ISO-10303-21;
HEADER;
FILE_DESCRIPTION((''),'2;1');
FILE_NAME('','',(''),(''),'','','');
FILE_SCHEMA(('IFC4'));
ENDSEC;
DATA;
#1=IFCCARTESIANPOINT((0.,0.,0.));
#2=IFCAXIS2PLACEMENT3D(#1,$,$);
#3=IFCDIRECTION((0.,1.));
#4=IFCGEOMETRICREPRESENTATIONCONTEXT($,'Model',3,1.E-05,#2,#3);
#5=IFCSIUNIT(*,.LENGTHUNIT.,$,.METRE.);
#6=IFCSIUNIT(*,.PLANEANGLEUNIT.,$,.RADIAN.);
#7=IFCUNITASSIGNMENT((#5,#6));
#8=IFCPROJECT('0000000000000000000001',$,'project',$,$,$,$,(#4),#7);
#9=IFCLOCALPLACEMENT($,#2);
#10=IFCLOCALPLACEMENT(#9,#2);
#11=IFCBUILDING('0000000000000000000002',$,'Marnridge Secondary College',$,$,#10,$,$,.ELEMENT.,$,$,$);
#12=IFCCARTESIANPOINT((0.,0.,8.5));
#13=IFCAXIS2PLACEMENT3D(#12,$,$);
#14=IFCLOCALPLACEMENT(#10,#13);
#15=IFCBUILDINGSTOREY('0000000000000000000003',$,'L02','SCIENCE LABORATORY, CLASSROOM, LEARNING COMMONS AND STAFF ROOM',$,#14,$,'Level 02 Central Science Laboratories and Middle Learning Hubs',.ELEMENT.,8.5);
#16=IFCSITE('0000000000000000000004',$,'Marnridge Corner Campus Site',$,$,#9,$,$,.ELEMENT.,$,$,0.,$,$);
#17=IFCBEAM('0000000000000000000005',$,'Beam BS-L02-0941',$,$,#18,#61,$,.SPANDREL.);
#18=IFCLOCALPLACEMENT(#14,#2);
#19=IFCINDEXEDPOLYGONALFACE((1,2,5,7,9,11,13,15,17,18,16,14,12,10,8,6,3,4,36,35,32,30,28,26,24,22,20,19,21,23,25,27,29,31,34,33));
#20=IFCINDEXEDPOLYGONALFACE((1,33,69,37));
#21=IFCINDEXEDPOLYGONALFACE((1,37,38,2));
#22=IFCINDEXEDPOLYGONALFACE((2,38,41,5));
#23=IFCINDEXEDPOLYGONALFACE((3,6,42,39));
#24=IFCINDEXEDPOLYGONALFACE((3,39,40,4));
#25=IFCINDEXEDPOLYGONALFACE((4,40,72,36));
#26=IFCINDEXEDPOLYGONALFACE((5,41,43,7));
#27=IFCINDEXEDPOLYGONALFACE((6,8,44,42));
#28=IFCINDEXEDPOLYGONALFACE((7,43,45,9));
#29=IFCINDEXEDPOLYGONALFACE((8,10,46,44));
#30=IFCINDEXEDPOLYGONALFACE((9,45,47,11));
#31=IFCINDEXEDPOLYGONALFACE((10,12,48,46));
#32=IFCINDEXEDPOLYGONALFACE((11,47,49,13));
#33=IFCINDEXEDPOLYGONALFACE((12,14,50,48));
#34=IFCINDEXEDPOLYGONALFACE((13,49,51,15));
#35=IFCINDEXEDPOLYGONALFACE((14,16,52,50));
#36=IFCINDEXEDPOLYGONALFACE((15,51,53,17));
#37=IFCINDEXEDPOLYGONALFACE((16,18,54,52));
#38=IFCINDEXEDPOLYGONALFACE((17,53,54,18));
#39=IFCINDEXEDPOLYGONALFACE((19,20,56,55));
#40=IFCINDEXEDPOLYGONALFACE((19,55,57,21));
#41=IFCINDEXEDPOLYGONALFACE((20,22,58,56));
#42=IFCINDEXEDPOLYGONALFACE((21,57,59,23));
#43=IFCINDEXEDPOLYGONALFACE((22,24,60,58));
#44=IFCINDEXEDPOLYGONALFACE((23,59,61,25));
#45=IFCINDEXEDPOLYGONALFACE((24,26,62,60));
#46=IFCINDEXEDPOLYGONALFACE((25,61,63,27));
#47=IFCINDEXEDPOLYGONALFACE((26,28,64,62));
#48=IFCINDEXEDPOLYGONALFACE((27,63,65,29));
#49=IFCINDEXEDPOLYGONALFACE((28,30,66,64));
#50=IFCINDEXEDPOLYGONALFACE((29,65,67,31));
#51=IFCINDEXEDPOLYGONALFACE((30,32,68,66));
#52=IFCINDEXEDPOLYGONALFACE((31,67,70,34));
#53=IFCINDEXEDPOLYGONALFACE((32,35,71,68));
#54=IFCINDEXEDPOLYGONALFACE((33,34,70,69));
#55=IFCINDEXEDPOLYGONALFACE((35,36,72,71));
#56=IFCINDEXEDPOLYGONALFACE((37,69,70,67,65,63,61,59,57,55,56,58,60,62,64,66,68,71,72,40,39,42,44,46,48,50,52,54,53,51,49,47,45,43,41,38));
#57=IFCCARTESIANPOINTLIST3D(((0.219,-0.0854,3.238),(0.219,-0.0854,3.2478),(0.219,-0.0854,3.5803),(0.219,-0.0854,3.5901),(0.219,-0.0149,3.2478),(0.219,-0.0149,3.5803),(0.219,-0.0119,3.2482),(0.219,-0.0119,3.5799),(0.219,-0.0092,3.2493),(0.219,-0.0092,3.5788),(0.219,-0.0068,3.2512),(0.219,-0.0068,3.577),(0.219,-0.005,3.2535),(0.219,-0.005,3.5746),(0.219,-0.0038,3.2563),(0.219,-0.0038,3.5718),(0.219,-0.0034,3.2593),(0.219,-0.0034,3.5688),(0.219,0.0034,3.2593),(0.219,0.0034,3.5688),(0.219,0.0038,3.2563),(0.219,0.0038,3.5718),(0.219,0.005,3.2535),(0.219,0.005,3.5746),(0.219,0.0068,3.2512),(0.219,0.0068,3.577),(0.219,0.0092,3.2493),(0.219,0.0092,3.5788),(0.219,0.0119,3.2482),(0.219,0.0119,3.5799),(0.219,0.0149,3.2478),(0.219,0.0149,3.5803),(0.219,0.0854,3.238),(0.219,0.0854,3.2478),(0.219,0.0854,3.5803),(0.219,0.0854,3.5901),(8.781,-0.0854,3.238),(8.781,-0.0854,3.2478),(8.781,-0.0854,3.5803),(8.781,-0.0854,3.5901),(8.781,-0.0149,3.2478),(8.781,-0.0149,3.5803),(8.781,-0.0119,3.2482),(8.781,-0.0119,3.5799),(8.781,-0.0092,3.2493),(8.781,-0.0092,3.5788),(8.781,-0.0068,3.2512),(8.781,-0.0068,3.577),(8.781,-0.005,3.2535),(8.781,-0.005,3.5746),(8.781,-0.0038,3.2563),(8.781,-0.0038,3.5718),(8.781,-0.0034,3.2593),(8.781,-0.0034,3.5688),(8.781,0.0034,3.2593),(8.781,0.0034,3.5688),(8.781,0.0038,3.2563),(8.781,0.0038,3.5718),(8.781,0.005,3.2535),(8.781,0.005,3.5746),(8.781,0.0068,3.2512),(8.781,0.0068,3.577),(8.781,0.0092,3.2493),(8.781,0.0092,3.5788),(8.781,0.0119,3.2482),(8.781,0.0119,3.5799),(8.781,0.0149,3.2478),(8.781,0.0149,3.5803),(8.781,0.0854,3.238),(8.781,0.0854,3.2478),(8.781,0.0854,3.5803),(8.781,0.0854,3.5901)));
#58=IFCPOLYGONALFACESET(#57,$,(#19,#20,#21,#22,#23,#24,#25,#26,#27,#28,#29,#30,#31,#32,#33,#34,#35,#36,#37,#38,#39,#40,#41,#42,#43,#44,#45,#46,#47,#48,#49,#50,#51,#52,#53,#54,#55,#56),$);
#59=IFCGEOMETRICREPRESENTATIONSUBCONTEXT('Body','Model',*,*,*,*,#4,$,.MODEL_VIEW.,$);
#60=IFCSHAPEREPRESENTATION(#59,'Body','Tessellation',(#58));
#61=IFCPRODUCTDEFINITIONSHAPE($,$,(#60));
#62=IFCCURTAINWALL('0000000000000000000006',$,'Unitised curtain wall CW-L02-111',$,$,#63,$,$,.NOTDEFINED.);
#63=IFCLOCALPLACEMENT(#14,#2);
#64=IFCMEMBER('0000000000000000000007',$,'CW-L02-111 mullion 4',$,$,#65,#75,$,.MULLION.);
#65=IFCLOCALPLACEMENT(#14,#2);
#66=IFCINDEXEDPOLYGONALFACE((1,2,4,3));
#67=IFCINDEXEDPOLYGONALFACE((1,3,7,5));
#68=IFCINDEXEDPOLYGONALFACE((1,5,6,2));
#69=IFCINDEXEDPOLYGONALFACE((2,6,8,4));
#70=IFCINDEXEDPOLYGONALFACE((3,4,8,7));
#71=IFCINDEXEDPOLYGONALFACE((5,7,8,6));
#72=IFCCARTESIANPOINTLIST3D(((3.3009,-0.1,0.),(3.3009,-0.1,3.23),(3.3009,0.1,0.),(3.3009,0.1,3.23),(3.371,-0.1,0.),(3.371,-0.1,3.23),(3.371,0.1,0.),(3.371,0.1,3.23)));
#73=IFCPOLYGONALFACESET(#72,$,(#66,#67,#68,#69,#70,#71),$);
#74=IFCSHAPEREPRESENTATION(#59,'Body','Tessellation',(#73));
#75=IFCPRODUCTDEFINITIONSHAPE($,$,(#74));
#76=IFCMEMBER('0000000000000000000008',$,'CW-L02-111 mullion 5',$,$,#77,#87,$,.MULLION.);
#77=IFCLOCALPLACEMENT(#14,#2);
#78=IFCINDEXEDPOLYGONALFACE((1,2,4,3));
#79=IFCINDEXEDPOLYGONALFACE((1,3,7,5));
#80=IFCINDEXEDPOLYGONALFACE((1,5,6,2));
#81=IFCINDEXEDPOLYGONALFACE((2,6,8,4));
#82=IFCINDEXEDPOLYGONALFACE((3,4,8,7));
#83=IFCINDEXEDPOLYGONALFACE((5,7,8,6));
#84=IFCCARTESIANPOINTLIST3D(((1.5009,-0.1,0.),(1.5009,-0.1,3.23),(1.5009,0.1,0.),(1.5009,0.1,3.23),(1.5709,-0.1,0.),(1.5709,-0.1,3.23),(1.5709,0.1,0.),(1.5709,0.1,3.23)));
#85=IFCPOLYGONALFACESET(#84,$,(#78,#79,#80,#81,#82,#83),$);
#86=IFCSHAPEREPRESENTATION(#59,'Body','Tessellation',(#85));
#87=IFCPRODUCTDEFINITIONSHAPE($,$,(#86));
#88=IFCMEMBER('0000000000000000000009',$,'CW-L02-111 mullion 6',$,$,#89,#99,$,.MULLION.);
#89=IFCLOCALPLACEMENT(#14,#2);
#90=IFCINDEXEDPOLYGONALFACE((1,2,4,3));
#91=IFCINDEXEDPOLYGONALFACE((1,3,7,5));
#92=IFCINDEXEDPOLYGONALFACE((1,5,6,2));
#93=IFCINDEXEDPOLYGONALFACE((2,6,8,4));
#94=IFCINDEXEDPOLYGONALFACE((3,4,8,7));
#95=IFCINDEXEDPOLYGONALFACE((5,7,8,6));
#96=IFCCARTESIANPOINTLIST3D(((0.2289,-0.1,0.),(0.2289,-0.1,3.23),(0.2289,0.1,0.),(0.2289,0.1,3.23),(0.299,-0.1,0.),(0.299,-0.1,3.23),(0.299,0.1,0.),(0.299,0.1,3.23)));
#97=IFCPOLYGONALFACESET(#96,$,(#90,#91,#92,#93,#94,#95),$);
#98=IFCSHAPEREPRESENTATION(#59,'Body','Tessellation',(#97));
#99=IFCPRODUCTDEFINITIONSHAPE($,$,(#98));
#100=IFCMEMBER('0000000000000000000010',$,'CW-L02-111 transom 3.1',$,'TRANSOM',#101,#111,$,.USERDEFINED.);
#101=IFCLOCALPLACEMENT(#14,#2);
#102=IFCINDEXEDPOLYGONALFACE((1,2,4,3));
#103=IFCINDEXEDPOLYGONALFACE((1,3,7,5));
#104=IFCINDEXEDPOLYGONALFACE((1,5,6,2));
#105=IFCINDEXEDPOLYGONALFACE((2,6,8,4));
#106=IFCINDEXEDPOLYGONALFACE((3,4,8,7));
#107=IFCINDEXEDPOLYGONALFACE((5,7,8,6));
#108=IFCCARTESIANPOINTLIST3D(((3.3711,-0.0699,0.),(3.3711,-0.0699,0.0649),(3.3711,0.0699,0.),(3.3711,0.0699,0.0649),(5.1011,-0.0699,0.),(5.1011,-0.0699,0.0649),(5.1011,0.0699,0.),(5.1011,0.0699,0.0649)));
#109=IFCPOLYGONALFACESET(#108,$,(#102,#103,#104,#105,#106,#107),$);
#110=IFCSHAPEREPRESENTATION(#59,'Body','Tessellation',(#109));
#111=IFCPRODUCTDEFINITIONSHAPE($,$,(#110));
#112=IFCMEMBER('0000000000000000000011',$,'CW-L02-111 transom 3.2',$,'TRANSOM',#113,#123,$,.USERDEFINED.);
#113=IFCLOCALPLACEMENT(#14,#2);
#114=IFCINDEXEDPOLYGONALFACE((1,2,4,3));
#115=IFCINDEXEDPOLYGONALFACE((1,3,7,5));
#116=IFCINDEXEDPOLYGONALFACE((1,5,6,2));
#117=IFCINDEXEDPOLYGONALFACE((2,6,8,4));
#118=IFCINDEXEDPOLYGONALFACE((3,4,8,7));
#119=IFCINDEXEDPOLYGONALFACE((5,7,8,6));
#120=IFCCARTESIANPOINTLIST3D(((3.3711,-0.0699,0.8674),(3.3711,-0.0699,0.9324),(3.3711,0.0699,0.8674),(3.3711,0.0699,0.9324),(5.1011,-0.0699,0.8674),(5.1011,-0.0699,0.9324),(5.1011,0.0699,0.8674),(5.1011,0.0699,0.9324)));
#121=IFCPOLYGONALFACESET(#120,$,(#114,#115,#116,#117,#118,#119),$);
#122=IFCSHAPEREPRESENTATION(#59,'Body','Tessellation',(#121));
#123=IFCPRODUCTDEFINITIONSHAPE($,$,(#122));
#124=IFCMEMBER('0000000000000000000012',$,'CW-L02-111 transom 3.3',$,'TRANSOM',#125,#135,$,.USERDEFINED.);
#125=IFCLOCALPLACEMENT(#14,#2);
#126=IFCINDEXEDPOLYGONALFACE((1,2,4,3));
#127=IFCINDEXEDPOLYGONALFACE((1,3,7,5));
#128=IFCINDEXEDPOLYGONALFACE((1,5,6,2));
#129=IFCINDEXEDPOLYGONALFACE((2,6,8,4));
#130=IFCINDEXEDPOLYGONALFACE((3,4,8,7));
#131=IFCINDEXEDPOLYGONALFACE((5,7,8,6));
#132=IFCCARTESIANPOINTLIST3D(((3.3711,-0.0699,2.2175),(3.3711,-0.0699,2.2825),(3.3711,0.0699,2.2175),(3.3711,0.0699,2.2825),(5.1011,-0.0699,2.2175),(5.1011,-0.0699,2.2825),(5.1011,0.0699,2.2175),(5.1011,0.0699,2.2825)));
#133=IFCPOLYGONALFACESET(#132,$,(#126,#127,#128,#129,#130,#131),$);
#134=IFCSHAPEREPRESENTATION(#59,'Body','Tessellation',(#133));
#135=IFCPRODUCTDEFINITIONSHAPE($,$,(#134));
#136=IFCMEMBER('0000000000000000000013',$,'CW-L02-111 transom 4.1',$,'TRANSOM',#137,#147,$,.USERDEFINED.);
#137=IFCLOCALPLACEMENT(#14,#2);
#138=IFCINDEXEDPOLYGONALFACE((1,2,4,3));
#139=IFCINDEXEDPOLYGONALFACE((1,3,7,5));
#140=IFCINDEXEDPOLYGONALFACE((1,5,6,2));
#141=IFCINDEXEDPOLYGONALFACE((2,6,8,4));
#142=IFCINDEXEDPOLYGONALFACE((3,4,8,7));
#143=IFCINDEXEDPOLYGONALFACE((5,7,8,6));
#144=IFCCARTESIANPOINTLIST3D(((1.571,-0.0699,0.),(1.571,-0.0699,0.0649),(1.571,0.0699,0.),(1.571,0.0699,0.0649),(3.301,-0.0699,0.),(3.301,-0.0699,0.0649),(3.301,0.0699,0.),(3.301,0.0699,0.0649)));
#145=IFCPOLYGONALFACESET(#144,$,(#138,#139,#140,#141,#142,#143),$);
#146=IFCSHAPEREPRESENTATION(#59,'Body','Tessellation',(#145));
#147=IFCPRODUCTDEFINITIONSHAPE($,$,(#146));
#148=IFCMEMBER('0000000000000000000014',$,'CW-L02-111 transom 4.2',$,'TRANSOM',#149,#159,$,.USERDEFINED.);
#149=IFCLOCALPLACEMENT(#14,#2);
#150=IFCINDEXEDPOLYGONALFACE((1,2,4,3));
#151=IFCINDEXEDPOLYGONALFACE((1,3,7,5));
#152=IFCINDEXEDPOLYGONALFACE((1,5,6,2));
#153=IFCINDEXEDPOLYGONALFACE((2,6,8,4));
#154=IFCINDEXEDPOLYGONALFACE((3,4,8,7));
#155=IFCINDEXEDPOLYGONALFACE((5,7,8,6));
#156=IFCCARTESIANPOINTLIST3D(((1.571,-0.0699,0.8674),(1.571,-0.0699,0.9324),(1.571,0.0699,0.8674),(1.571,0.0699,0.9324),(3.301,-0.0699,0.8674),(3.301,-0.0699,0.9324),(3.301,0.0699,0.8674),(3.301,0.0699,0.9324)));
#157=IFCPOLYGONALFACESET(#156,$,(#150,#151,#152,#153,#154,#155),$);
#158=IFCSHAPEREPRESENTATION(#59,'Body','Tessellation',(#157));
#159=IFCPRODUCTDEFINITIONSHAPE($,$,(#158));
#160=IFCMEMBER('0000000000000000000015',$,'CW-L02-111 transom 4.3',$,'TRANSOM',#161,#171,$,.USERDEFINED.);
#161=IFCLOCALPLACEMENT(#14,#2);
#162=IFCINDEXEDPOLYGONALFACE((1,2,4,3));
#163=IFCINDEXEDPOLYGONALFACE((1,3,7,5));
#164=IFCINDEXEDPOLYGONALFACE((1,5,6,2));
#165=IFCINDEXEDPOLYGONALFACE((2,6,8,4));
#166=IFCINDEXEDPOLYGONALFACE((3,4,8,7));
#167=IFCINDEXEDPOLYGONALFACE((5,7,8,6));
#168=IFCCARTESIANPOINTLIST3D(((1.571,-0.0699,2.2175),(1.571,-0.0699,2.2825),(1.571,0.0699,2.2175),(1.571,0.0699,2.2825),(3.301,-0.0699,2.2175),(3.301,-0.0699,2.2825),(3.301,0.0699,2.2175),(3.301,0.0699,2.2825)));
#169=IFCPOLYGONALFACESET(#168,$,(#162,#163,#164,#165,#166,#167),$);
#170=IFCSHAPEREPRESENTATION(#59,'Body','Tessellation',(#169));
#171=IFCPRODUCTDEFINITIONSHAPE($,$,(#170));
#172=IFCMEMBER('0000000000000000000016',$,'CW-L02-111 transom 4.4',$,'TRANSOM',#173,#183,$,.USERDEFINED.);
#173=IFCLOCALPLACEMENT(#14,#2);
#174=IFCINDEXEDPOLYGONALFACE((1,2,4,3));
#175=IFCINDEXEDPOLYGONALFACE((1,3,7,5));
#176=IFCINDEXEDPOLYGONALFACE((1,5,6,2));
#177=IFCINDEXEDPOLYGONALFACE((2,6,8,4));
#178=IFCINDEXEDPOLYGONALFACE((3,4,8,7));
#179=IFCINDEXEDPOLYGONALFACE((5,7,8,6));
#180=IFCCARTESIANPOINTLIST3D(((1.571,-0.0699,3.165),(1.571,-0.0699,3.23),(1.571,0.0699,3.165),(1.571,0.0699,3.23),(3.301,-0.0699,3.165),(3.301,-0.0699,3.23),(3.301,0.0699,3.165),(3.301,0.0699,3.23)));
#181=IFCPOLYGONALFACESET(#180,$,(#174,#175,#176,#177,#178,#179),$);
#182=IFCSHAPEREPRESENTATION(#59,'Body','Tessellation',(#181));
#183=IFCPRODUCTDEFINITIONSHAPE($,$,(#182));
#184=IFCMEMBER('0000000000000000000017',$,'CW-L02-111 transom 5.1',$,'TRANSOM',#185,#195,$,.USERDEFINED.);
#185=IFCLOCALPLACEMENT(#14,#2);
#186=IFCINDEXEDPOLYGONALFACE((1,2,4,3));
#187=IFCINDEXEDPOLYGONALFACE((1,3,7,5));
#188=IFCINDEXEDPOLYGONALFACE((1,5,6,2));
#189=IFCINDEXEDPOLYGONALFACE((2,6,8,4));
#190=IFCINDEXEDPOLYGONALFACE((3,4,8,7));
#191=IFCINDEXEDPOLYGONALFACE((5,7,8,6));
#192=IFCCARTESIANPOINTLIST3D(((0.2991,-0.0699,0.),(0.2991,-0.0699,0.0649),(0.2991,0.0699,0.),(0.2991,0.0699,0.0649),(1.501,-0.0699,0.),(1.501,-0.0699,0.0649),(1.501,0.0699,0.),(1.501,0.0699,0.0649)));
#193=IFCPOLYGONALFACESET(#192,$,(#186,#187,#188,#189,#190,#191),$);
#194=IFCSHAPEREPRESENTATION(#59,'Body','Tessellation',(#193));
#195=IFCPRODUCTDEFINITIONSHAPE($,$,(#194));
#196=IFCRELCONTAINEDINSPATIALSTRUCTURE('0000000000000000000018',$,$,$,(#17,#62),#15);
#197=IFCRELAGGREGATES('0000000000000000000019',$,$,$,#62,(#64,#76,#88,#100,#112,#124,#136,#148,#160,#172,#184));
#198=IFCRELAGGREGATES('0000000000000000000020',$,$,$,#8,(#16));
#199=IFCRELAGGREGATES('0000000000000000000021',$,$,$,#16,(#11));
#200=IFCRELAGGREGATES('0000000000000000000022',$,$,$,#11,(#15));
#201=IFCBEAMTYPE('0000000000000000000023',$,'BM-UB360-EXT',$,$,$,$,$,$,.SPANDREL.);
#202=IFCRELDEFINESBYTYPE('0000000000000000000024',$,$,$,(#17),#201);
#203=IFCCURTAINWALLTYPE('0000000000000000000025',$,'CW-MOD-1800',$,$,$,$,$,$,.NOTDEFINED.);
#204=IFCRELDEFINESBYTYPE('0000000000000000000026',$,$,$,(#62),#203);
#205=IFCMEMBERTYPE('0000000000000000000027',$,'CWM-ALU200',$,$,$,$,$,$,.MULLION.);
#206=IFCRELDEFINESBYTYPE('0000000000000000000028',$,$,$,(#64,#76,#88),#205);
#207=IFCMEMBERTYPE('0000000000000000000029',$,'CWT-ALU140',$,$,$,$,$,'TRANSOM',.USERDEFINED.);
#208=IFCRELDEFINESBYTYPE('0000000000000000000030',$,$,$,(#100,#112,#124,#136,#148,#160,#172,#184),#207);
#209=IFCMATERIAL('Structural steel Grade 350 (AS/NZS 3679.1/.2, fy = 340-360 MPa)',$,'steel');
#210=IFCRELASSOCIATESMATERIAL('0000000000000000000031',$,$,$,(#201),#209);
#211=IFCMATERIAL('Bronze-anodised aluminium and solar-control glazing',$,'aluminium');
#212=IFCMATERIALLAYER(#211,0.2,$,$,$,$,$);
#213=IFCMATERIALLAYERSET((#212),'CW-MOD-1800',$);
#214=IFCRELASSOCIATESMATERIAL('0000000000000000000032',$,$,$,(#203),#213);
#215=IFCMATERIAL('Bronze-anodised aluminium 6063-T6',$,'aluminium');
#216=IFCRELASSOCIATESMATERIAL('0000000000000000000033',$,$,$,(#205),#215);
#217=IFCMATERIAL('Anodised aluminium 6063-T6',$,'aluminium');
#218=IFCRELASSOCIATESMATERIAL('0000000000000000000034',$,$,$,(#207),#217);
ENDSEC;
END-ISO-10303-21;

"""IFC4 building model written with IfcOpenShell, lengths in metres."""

from ifc_helpers import new_model, si_unit, direction, frame, origin, origin_2d, place, context, subcontext, project, spatial, rectangle, i_section, extrude, material, layer, layer_set, material_profile, profile_set, type_object, element, aggregate, save


model = new_model("IFC4")

# Units and contexts
model_context = context("Model", 3, precision=1e-05, world=origin(), true_north=direction((0.0, 1.0)))
body_context = subcontext(model_context, "Body", "Model", "MODEL_VIEW")
ifc_project = project(units=[si_unit("LENGTHUNIT", "METRE"), si_unit("PLANEANGLEUNIT", "RADIAN")], contexts=[model_context])

# Site, building, storey
site_placement = place(None, origin())
site = spatial("IfcSite", under=ifc_project, at=site_placement, Name="Marnridge Corner Campus Site", CompositionType="ELEMENT", RefElevation=0.0)
building_placement = place(site_placement, origin())
building = spatial("IfcBuilding", under=site, at=building_placement, Name="Marnridge Secondary College", CompositionType="ELEMENT")
storey_placement = place(building_placement, frame((0.0, 0.0, 8.5)))
storey = spatial("IfcBuildingStorey", under=building, at=storey_placement, Name="L02", Description="SCIENCE LABORATORY, CLASSROOM, LEARNING COMMONS AND STAFF ROOM", LongName="Level 02 Central Science Laboratories and Middle Learning Hubs", CompositionType="ELEMENT", Elevation=8.5)

# Beam
ifc_material_1 = material(Name="Structural steel Grade 350 (AS/NZS 3679.1/.2, fy = 340-360 MPa)", Category="steel")
ifc_material_profile_1 = material_profile(ifc_material_1, i_section(OverallWidth=0.1709, OverallDepth=0.3521, WebThickness=0.0068, FlangeThickness=0.0098, FilletRadius=0.0115, at=origin_2d()), Name="360UB44.7")
ifc_profile_set_1 = profile_set([ifc_material_profile_1], Name="Structural steel Grade 350 (AS/NZS 3679.1/.2, fy = 340-360 MPa)")
beam_type = type_object("IfcBeamType", Name="BM-UB360-EXT", PredefinedType="SPANDREL", material=ifc_profile_set_1)
beam_placement = place(storey_placement, frame((0.219, 0.0, 3.4141), z_axis=(1.0, 0.0, 0.0), x_axis=(0.0, 1.0, 0.0)))
element("IfcBeam", 1, at=beam_placement, inside=storey, type_object=beam_type, Name="Beam BS-L02-0941", PredefinedType="SPANDREL", context=body_context, shape_type="SweptSolid", body=[
    extrude(i_section(OverallWidth=0.1709, OverallDepth=0.3521, WebThickness=0.0068, FlangeThickness=0.0098, FilletRadius=0.0115, at=origin_2d()), origin(), (0.0, 0.0, 1.0), 8.562),
])

# Curtain wall, members
ifc_material_2 = material(Name="Bronze-anodised aluminium and solar-control glazing", Category="aluminium")
ifc_layer_1 = layer(ifc_material_2, 0.2)
ifc_layer_set_1 = layer_set([ifc_layer_1], Name="CW-MOD-1800")
curtain_wall_type = type_object("IfcCurtainWallType", Name="CW-MOD-1800", PredefinedType="NOTDEFINED", material=ifc_layer_set_1)
curtain_wall_placement = place(storey_placement, origin())
curtain_wall = element("IfcCurtainWall", 2, at=curtain_wall_placement, inside=storey, type_object=curtain_wall_type, Name="Unitised curtain wall CW-L02-111", PredefinedType="NOTDEFINED")
ifc_material_3 = material(Name="Bronze-anodised aluminium 6063-T6", Category="aluminium")
ifc_material_profile_2 = material_profile(ifc_material_3, rectangle(XDim=0.0701, YDim=0.2, at=origin_2d()), Name="ALU 70x200")
ifc_profile_set_2 = profile_set([ifc_material_profile_2], Name="Bronze-anodised aluminium 6063-T6")
member_type_1 = type_object("IfcMemberType", Name="CWM-ALU200", PredefinedType="MULLION", material=ifc_profile_set_2)
member_1_placement = place(storey_placement, frame((3.3359, 0.0, 0.0), z_axis=(0.0, 0.0, 1.0), x_axis=(-1.0, 0.0, 0.0)))
member_1 = element("IfcMember", 3, at=member_1_placement, type_object=member_type_1, Name="CW-L02-111 mullion 4", PredefinedType="MULLION", context=body_context, shape_type="SweptSolid", body=[
    extrude(rectangle(XDim=0.0701, YDim=0.2, at=origin_2d()), origin(), (0.0, 0.0, 1.0), 3.23),
])
member_2_placement = place(storey_placement, frame((1.5359, 0.0, 0.0), z_axis=(0.0, 0.0, 1.0), x_axis=(-1.0, 0.0, 0.0)))
member_2 = element("IfcMember", 4, at=member_2_placement, type_object=member_type_1, Name="CW-L02-111 mullion 5", PredefinedType="MULLION", context=body_context, shape_type="SweptSolid", body=[
    extrude(rectangle(XDim=0.0701, YDim=0.2, at=origin_2d()), origin(), (0.0, 0.0, 1.0), 3.23),
])
member_3_placement = place(storey_placement, frame((0.2639, 0.0, 0.0), z_axis=(0.0, 0.0, 1.0), x_axis=(-1.0, 0.0, 0.0)))
member_3 = element("IfcMember", 5, at=member_3_placement, type_object=member_type_1, Name="CW-L02-111 mullion 6", PredefinedType="MULLION", context=body_context, shape_type="SweptSolid", body=[
    extrude(rectangle(XDim=0.0701, YDim=0.2, at=origin_2d()), origin(), (0.0, 0.0, 1.0), 3.23),
])
ifc_material_4 = material(Name="Anodised aluminium 6063-T6", Category="aluminium")
ifc_material_profile_3 = material_profile(ifc_material_4, rectangle(XDim=0.0649, YDim=0.1399, at=origin_2d()), Name="ALU 65x140")
ifc_profile_set_3 = profile_set([ifc_material_profile_3], Name="Anodised aluminium 6063-T6")
member_type_2 = type_object("IfcMemberType", Name="CWT-ALU140", ElementType="TRANSOM", PredefinedType="USERDEFINED", material=ifc_profile_set_3)
member_4_placement = place(storey_placement, frame((5.1011, 0.0, 0.0325), z_axis=(-1.0, 0.0, 0.0), x_axis=(0.0, 0.0, 1.0)))
member_4 = element("IfcMember", 6, at=member_4_placement, type_object=member_type_2, Name="CW-L02-111 transom 3.1", ObjectType="TRANSOM", PredefinedType="USERDEFINED", context=body_context, shape_type="SweptSolid", body=[
    extrude(rectangle(XDim=0.0649, YDim=0.1399, at=origin_2d()), origin(), (0.0, 0.0, 1.0), 1.73),
])
member_5_placement = place(storey_placement, frame((5.1011, 0.0, 0.8999), z_axis=(-1.0, 0.0, 0.0), x_axis=(0.0, 0.0, 1.0)))
member_5 = element("IfcMember", 7, at=member_5_placement, type_object=member_type_2, Name="CW-L02-111 transom 3.2", ObjectType="TRANSOM", PredefinedType="USERDEFINED", context=body_context, shape_type="SweptSolid", body=[
    extrude(rectangle(XDim=0.0649, YDim=0.1399, at=origin_2d()), origin(), (0.0, 0.0, 1.0), 1.73),
])
member_6_placement = place(storey_placement, frame((5.1011, 0.0, 2.25), z_axis=(-1.0, 0.0, 0.0), x_axis=(0.0, 0.0, 1.0)))
member_6 = element("IfcMember", 8, at=member_6_placement, type_object=member_type_2, Name="CW-L02-111 transom 3.3", ObjectType="TRANSOM", PredefinedType="USERDEFINED", context=body_context, shape_type="SweptSolid", body=[
    extrude(rectangle(XDim=0.0649, YDim=0.1399, at=origin_2d()), origin(), (0.0, 0.0, 1.0), 1.73),
])
member_7_placement = place(storey_placement, frame((3.301, 0.0, 0.0325), z_axis=(-1.0, 0.0, 0.0), x_axis=(0.0, 0.0, 1.0)))
member_7 = element("IfcMember", 9, at=member_7_placement, type_object=member_type_2, Name="CW-L02-111 transom 4.1", ObjectType="TRANSOM", PredefinedType="USERDEFINED", context=body_context, shape_type="SweptSolid", body=[
    extrude(rectangle(XDim=0.0649, YDim=0.1399, at=origin_2d()), origin(), (0.0, 0.0, 1.0), 1.73),
])
member_8_placement = place(storey_placement, frame((3.301, 0.0, 0.8999), z_axis=(-1.0, 0.0, 0.0), x_axis=(0.0, 0.0, 1.0)))
member_8 = element("IfcMember", 10, at=member_8_placement, type_object=member_type_2, Name="CW-L02-111 transom 4.2", ObjectType="TRANSOM", PredefinedType="USERDEFINED", context=body_context, shape_type="SweptSolid", body=[
    extrude(rectangle(XDim=0.0649, YDim=0.1399, at=origin_2d()), origin(), (0.0, 0.0, 1.0), 1.73),
])
member_9_placement = place(storey_placement, frame((3.301, 0.0, 2.25), z_axis=(-1.0, 0.0, 0.0), x_axis=(0.0, 0.0, 1.0)))
member_9 = element("IfcMember", 11, at=member_9_placement, type_object=member_type_2, Name="CW-L02-111 transom 4.3", ObjectType="TRANSOM", PredefinedType="USERDEFINED", context=body_context, shape_type="SweptSolid", body=[
    extrude(rectangle(XDim=0.0649, YDim=0.1399, at=origin_2d()), origin(), (0.0, 0.0, 1.0), 1.73),
])
member_10_placement = place(storey_placement, frame((3.301, 0.0, 3.1975), z_axis=(-1.0, 0.0, 0.0), x_axis=(0.0, 0.0, 1.0)))
member_10 = element("IfcMember", 12, at=member_10_placement, type_object=member_type_2, Name="CW-L02-111 transom 4.4", ObjectType="TRANSOM", PredefinedType="USERDEFINED", context=body_context, shape_type="SweptSolid", body=[
    extrude(rectangle(XDim=0.0649, YDim=0.1399, at=origin_2d()), origin(), (0.0, 0.0, 1.0), 1.73),
])
member_11_placement = place(storey_placement, frame((1.501, 0.0, 0.0325), z_axis=(-1.0, 0.0, 0.0), x_axis=(0.0, 0.0, 1.0)))
member_11 = element("IfcMember", 13, at=member_11_placement, type_object=member_type_2, Name="CW-L02-111 transom 5.1", ObjectType="TRANSOM", PredefinedType="USERDEFINED", context=body_context, shape_type="SweptSolid", body=[
    extrude(rectangle(XDim=0.0649, YDim=0.1399, at=origin_2d()), origin(), (0.0, 0.0, 1.0), 1.2019),
])
aggregate(curtain_wall, [member_1, member_2, member_3, member_4, member_5, member_6, member_7, member_8, member_9, member_10, member_11])

save(model, "model.ifc")
